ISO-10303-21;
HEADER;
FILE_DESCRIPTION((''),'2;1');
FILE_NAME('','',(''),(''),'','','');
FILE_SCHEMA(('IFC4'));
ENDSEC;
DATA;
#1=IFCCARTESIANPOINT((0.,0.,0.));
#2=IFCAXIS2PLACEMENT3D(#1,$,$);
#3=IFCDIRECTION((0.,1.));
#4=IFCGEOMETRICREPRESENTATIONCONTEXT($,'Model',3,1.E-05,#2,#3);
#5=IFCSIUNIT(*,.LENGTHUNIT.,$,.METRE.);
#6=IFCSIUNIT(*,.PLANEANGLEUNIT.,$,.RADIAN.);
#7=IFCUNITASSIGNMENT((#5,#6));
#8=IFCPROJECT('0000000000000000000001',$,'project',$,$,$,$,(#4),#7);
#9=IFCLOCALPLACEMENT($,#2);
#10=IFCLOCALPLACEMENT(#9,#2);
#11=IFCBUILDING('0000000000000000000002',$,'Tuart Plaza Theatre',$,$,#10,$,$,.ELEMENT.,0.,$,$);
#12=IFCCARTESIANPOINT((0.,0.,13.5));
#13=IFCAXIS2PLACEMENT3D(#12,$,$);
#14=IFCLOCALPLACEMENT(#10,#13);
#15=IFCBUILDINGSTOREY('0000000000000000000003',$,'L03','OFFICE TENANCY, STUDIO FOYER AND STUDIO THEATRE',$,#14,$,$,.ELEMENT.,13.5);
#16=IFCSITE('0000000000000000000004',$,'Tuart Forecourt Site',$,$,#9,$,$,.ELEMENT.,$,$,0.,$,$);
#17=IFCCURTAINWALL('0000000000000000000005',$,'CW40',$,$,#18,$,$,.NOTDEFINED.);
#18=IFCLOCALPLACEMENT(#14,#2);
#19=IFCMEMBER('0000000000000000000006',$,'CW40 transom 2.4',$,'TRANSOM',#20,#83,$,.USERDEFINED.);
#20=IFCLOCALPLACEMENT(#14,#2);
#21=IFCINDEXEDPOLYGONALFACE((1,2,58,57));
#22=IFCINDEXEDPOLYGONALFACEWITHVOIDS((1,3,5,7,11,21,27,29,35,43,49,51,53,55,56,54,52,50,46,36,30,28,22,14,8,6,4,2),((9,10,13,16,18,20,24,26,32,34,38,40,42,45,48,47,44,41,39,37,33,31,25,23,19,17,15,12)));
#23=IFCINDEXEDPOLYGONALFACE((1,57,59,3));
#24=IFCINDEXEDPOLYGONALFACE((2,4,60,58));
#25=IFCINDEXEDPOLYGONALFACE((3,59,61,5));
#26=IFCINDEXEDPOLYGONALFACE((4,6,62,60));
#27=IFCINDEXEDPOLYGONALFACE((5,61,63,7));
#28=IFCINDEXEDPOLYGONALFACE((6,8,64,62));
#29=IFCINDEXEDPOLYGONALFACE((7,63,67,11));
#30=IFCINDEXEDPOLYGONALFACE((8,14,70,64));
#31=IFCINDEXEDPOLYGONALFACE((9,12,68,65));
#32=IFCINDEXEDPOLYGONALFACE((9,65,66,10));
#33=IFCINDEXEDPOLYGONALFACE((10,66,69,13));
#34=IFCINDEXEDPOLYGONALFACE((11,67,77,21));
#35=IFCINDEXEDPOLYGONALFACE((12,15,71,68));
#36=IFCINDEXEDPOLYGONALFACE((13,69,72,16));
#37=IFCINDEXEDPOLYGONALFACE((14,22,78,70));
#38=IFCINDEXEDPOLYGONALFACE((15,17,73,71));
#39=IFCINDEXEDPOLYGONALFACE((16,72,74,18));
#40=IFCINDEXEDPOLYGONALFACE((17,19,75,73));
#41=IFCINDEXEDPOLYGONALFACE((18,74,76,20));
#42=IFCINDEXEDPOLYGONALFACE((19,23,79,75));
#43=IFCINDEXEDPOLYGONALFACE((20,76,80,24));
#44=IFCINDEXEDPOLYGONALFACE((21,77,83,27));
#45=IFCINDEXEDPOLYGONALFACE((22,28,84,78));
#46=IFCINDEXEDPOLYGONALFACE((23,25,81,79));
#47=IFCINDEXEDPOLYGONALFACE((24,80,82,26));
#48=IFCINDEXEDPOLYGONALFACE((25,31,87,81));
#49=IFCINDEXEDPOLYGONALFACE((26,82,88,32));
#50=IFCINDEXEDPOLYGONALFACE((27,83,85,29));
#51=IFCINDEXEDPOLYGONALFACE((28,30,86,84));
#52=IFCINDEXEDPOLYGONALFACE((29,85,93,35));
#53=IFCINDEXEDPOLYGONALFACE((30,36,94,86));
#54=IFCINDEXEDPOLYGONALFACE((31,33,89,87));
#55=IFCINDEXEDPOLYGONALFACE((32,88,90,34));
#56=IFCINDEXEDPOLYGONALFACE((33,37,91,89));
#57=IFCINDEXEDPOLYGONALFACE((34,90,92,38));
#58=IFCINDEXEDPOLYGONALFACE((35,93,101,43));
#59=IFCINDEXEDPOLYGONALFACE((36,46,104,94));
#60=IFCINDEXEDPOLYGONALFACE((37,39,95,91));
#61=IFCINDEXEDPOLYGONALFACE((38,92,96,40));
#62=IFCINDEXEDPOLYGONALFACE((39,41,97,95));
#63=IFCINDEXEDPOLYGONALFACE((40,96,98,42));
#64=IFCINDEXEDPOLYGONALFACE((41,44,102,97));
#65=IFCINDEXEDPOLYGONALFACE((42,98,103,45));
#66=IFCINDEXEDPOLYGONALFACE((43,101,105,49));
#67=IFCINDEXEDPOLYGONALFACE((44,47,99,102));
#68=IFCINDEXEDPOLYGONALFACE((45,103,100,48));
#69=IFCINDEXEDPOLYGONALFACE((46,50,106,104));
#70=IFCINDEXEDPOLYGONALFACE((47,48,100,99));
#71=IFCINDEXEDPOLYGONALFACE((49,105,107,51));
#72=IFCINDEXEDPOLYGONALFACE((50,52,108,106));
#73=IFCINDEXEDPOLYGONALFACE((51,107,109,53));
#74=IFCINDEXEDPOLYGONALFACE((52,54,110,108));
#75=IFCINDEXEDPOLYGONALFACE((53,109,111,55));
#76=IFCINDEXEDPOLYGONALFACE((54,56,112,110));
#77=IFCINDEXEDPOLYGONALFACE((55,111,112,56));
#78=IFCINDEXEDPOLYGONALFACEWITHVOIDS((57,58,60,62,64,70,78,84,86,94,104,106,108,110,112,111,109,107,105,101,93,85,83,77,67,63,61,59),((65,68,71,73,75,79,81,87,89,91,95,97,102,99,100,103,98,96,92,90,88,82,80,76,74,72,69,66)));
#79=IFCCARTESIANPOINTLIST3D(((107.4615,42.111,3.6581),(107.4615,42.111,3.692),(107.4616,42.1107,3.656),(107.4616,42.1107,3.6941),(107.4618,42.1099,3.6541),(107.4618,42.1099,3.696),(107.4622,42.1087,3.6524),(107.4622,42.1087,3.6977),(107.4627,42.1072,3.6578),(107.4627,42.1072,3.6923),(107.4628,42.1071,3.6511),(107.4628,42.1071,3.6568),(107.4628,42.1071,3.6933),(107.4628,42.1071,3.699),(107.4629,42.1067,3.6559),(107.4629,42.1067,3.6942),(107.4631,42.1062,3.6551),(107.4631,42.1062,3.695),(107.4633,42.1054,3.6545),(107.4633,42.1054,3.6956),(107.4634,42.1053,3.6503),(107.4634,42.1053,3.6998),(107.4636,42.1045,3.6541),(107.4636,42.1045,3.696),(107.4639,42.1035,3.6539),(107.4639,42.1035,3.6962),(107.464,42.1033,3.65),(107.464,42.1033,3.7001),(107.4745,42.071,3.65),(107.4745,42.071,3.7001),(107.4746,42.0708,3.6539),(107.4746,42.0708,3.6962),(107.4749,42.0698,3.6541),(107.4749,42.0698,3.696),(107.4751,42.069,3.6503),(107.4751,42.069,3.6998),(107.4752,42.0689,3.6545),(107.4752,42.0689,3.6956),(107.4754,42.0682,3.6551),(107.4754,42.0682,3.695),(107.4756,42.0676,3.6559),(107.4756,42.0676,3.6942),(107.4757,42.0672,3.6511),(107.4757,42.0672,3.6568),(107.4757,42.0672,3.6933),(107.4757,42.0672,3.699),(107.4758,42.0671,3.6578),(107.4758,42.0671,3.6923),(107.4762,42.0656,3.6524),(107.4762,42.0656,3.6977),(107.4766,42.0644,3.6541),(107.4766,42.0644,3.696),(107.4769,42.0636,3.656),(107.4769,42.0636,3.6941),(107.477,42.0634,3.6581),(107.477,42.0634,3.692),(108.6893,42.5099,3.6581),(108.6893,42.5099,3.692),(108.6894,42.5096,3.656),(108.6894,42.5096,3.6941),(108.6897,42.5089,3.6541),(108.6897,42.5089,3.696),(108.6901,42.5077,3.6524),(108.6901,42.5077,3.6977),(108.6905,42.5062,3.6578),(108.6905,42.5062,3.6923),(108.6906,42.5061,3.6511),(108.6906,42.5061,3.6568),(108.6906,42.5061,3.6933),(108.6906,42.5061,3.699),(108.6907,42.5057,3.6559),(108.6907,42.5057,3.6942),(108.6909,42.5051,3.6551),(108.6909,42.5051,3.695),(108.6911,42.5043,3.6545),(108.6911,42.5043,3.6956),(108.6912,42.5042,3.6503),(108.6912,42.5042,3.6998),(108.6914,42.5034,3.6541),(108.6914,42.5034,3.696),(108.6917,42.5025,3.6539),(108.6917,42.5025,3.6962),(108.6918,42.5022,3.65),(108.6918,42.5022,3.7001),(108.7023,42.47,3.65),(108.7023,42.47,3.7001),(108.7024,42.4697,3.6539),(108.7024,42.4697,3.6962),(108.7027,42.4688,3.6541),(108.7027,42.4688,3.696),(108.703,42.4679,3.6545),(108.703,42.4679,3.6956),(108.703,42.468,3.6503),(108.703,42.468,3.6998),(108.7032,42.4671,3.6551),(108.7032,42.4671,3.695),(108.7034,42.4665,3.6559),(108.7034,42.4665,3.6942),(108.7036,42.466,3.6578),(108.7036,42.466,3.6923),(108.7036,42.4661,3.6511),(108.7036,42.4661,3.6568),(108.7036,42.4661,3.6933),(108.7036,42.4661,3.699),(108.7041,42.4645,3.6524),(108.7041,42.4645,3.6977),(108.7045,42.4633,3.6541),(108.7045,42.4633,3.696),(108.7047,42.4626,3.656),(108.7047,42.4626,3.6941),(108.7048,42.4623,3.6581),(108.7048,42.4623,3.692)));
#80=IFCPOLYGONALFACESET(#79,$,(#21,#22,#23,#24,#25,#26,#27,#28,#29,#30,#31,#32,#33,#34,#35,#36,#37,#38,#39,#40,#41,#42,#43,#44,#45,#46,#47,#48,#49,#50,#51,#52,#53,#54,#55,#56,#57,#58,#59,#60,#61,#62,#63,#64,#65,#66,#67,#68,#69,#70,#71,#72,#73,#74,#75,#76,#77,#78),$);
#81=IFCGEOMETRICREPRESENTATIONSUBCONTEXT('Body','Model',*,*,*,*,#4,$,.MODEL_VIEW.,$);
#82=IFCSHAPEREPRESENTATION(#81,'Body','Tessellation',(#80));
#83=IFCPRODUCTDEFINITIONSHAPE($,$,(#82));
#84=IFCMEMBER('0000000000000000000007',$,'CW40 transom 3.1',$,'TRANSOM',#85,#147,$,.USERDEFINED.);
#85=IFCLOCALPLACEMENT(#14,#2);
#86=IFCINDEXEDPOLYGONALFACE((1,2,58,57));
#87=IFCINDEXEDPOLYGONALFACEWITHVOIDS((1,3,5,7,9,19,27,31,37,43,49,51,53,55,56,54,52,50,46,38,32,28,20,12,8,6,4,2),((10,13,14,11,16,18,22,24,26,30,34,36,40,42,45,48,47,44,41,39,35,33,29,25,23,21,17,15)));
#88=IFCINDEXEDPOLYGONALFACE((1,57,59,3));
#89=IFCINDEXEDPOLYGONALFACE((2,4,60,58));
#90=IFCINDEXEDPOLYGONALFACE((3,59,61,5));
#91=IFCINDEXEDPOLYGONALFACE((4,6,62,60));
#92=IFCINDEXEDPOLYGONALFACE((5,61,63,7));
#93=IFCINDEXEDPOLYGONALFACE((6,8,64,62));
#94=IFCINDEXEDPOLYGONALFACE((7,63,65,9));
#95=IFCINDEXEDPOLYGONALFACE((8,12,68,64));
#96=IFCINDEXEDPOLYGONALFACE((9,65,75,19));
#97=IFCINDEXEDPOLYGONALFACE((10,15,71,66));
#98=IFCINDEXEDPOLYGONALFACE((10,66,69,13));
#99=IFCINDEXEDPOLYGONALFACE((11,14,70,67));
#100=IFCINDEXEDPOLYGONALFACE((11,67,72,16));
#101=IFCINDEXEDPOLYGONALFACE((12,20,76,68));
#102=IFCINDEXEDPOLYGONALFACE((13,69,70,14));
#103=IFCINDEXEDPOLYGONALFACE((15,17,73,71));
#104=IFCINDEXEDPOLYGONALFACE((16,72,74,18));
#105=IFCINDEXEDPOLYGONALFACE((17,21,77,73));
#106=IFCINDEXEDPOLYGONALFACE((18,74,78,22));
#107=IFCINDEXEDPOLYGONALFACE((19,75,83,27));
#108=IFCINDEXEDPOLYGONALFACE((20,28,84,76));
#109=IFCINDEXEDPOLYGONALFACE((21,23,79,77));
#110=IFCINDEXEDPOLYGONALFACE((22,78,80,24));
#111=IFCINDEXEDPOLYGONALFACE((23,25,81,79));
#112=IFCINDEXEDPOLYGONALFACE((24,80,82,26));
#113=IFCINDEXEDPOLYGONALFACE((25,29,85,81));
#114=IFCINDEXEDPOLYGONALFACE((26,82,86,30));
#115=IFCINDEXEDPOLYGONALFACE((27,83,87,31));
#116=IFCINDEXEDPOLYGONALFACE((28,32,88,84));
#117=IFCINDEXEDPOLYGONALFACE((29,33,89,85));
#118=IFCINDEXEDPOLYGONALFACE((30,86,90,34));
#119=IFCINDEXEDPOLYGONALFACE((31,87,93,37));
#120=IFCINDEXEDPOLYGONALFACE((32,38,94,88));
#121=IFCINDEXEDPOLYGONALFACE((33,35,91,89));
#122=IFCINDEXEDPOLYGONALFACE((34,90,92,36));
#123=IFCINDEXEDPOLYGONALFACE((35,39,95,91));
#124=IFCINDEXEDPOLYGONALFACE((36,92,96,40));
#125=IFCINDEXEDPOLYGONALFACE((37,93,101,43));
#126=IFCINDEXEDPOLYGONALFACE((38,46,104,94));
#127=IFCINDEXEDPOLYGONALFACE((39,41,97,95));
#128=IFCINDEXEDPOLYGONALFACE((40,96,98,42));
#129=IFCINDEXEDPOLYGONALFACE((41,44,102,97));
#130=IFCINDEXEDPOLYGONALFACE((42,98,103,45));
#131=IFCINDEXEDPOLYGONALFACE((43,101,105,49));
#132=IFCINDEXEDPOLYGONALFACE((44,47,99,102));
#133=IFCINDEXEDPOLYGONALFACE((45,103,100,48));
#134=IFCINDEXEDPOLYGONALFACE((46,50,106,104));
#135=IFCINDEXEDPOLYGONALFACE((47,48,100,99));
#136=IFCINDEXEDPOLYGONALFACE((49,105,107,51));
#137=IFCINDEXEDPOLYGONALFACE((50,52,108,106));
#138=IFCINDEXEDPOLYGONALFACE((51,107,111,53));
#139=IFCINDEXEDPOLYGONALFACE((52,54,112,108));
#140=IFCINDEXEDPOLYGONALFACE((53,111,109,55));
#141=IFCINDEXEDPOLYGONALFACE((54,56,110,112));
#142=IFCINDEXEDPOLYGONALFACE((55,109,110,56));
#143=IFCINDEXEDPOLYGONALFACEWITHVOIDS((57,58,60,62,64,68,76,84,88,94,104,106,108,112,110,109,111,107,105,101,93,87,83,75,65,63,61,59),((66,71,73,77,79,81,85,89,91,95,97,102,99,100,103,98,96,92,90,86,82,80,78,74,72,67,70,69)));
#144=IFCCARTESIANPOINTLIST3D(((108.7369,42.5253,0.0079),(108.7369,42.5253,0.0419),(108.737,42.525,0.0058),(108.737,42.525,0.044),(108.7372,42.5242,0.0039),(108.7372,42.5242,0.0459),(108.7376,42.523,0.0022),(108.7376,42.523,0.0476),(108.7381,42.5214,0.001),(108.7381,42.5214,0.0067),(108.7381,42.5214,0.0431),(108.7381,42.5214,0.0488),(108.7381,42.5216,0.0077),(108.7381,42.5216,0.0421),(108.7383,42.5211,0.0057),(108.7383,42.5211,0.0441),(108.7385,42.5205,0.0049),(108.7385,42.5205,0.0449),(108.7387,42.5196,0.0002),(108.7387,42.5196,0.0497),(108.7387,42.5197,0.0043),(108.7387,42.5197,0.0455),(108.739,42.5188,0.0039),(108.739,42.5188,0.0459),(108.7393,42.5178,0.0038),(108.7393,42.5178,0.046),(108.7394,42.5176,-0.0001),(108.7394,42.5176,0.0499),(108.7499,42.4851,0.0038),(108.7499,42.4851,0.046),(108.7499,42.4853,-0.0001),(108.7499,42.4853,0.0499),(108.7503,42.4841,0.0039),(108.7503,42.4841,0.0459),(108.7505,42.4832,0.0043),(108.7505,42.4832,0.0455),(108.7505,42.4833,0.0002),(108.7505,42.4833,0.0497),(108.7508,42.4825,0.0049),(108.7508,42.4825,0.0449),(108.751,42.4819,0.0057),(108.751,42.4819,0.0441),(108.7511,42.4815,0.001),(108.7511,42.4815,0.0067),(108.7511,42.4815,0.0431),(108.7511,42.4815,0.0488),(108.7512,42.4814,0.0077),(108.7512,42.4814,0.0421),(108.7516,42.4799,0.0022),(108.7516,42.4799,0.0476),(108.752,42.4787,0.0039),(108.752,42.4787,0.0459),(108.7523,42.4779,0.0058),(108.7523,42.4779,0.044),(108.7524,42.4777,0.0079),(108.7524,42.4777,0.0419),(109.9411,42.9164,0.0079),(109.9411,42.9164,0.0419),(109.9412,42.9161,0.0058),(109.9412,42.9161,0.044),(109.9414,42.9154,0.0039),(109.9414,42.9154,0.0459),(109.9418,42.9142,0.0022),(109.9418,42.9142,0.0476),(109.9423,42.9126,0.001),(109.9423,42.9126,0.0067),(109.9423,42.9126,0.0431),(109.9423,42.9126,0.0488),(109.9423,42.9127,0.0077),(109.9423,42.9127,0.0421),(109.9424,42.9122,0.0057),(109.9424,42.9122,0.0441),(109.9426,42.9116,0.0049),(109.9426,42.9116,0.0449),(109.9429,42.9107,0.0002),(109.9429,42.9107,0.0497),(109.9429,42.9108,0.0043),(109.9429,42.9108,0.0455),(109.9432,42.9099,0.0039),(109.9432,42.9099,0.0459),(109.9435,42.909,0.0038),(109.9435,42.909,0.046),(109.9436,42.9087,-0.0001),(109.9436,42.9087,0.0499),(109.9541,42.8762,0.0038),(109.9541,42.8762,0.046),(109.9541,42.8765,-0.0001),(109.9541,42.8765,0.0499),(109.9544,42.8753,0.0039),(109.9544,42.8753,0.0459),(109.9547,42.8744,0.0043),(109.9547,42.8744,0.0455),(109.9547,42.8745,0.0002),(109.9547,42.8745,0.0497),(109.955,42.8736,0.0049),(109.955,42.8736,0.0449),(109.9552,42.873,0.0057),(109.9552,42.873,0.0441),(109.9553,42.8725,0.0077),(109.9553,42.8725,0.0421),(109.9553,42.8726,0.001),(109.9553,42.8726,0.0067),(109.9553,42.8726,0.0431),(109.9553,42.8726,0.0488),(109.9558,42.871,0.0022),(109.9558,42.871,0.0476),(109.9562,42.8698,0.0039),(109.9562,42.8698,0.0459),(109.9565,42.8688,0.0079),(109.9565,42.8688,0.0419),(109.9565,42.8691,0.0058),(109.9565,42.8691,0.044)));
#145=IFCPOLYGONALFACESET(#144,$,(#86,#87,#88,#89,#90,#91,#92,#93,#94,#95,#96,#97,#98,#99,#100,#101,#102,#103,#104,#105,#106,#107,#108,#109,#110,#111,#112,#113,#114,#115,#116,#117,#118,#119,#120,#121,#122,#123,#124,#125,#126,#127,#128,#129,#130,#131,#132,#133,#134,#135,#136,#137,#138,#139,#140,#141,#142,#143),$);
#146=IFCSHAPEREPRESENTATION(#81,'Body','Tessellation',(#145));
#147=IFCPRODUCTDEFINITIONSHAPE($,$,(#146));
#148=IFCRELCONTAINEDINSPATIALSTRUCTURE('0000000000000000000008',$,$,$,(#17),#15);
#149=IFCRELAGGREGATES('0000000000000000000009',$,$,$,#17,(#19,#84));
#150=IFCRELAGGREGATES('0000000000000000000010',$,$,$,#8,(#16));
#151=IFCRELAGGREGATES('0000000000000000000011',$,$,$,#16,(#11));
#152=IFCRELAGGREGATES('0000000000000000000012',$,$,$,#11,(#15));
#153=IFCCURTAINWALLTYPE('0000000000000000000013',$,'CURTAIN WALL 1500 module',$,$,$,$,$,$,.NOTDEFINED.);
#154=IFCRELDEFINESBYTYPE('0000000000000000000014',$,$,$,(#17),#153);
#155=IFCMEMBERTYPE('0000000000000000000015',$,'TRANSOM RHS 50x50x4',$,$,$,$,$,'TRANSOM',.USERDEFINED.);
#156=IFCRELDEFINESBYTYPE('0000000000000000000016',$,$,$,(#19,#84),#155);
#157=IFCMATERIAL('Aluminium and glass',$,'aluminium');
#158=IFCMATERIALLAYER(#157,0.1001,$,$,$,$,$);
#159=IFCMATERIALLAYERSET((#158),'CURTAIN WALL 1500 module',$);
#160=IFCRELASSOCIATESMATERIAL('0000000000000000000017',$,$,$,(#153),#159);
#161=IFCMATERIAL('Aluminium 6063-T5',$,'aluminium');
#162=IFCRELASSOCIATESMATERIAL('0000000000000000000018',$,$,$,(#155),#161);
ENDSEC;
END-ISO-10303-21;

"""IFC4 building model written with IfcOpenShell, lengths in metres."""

from ifc_helpers import new_model, si_unit, direction, frame, origin, origin_2d, place, context, subcontext, project, spatial, hollow_rectangle, extrude, material, layer, layer_set, material_profile, profile_set, type_object, element, aggregate, save


model = new_model("IFC4")

# Units and contexts
model_context = context("Model", 3, precision=1e-05, world=origin(), true_north=direction((0.0, 1.0)))
body_context = subcontext(model_context, "Body", "Model", "MODEL_VIEW")
ifc_project = project(units=[si_unit("LENGTHUNIT", "METRE"), si_unit("PLANEANGLEUNIT", "RADIAN")], contexts=[model_context])

# Site, building, storey
site_placement = place(None, origin())
site = spatial("IfcSite", under=ifc_project, at=site_placement, Name="Tuart Forecourt Site", CompositionType="ELEMENT", RefElevation=0.0)
building_placement = place(site_placement, origin())
building = spatial("IfcBuilding", under=site, at=building_placement, Name="Tuart Plaza Theatre", CompositionType="ELEMENT", ElevationOfRefHeight=0.0)
storey_placement = place(building_placement, frame((0.0, 0.0, 13.5)))
storey = spatial("IfcBuildingStorey", under=building, at=storey_placement, Name="L03", Description="OFFICE TENANCY, STUDIO FOYER AND STUDIO THEATRE", CompositionType="ELEMENT", Elevation=13.5)

# Curtain wall, members
ifc_material_1 = material(Name="Aluminium and glass", Category="aluminium")
ifc_layer_1 = layer(ifc_material_1, 0.1001)
ifc_layer_set_1 = layer_set([ifc_layer_1], Name="CURTAIN WALL 1500 module")
curtain_wall_type = type_object("IfcCurtainWallType", Name="CURTAIN WALL 1500 module", PredefinedType="NOTDEFINED", material=ifc_layer_set_1)
curtain_wall_1_placement = place(storey_placement, origin())
curtain_wall_1 = element("IfcCurtainWall", 1, at=curtain_wall_1_placement, inside=storey, type_object=curtain_wall_type, Name="CW40", PredefinedType="NOTDEFINED")
ifc_material_2 = material(Name="Aluminium 6063-T5", Category="aluminium")
ifc_material_profile_1 = material_profile(ifc_material_2, hollow_rectangle(XDim=0.05, YDim=0.05, WallThickness=0.0039, InnerFilletRadius=0.0039, OuterFilletRadius=0.0081, at=origin_2d()), Name="RHS 50x50x4")
ifc_profile_set_1 = profile_set([ifc_material_profile_1], Name="Aluminium 6063-T5")
member_type_1 = type_object("IfcMemberType", Name="TRANSOM RHS 50x50x4", ElementType="TRANSOM", PredefinedType="USERDEFINED", material=ifc_profile_set_1)
member_1_placement = place(storey_placement, frame((107.4692, 42.0872, 3.675), z_axis=(0.951058, 0.309013, 0.0), x_axis=(-0.309013, 0.951058, 0.0)))
member_1 = element("IfcMember", 2, at=member_1_placement, type_object=member_type_1, Name="CW40 transom 2.4", ObjectType="TRANSOM", PredefinedType="USERDEFINED", context=body_context, shape_type="SweptSolid", body=[
    extrude(hollow_rectangle(XDim=0.05, YDim=0.05, WallThickness=0.0039, InnerFilletRadius=0.0039, OuterFilletRadius=0.0081, at=origin_2d()), origin(), (0.0, 0.0, 1.0), 1.291),
])
member_2_placement = place(storey_placement, frame((108.7446, 42.5015, 0.0249), z_axis=(0.951085, 0.308929, 0.0), x_axis=(-0.308929, 0.951085, 0.0)))
member_2 = element("IfcMember", 3, at=member_2_placement, type_object=member_type_1, Name="CW40 transom 3.1", ObjectType="TRANSOM", PredefinedType="USERDEFINED", context=body_context, shape_type="SweptSolid", body=[
    extrude(hollow_rectangle(XDim=0.05, YDim=0.05, WallThickness=0.0039, InnerFilletRadius=0.0039, OuterFilletRadius=0.0081, at=origin_2d()), origin(), (0.0, 0.0, 1.0), 1.2661),
])
aggregate(curtain_wall_1, [member_1, member_2])

save(model, "model.ifc")
